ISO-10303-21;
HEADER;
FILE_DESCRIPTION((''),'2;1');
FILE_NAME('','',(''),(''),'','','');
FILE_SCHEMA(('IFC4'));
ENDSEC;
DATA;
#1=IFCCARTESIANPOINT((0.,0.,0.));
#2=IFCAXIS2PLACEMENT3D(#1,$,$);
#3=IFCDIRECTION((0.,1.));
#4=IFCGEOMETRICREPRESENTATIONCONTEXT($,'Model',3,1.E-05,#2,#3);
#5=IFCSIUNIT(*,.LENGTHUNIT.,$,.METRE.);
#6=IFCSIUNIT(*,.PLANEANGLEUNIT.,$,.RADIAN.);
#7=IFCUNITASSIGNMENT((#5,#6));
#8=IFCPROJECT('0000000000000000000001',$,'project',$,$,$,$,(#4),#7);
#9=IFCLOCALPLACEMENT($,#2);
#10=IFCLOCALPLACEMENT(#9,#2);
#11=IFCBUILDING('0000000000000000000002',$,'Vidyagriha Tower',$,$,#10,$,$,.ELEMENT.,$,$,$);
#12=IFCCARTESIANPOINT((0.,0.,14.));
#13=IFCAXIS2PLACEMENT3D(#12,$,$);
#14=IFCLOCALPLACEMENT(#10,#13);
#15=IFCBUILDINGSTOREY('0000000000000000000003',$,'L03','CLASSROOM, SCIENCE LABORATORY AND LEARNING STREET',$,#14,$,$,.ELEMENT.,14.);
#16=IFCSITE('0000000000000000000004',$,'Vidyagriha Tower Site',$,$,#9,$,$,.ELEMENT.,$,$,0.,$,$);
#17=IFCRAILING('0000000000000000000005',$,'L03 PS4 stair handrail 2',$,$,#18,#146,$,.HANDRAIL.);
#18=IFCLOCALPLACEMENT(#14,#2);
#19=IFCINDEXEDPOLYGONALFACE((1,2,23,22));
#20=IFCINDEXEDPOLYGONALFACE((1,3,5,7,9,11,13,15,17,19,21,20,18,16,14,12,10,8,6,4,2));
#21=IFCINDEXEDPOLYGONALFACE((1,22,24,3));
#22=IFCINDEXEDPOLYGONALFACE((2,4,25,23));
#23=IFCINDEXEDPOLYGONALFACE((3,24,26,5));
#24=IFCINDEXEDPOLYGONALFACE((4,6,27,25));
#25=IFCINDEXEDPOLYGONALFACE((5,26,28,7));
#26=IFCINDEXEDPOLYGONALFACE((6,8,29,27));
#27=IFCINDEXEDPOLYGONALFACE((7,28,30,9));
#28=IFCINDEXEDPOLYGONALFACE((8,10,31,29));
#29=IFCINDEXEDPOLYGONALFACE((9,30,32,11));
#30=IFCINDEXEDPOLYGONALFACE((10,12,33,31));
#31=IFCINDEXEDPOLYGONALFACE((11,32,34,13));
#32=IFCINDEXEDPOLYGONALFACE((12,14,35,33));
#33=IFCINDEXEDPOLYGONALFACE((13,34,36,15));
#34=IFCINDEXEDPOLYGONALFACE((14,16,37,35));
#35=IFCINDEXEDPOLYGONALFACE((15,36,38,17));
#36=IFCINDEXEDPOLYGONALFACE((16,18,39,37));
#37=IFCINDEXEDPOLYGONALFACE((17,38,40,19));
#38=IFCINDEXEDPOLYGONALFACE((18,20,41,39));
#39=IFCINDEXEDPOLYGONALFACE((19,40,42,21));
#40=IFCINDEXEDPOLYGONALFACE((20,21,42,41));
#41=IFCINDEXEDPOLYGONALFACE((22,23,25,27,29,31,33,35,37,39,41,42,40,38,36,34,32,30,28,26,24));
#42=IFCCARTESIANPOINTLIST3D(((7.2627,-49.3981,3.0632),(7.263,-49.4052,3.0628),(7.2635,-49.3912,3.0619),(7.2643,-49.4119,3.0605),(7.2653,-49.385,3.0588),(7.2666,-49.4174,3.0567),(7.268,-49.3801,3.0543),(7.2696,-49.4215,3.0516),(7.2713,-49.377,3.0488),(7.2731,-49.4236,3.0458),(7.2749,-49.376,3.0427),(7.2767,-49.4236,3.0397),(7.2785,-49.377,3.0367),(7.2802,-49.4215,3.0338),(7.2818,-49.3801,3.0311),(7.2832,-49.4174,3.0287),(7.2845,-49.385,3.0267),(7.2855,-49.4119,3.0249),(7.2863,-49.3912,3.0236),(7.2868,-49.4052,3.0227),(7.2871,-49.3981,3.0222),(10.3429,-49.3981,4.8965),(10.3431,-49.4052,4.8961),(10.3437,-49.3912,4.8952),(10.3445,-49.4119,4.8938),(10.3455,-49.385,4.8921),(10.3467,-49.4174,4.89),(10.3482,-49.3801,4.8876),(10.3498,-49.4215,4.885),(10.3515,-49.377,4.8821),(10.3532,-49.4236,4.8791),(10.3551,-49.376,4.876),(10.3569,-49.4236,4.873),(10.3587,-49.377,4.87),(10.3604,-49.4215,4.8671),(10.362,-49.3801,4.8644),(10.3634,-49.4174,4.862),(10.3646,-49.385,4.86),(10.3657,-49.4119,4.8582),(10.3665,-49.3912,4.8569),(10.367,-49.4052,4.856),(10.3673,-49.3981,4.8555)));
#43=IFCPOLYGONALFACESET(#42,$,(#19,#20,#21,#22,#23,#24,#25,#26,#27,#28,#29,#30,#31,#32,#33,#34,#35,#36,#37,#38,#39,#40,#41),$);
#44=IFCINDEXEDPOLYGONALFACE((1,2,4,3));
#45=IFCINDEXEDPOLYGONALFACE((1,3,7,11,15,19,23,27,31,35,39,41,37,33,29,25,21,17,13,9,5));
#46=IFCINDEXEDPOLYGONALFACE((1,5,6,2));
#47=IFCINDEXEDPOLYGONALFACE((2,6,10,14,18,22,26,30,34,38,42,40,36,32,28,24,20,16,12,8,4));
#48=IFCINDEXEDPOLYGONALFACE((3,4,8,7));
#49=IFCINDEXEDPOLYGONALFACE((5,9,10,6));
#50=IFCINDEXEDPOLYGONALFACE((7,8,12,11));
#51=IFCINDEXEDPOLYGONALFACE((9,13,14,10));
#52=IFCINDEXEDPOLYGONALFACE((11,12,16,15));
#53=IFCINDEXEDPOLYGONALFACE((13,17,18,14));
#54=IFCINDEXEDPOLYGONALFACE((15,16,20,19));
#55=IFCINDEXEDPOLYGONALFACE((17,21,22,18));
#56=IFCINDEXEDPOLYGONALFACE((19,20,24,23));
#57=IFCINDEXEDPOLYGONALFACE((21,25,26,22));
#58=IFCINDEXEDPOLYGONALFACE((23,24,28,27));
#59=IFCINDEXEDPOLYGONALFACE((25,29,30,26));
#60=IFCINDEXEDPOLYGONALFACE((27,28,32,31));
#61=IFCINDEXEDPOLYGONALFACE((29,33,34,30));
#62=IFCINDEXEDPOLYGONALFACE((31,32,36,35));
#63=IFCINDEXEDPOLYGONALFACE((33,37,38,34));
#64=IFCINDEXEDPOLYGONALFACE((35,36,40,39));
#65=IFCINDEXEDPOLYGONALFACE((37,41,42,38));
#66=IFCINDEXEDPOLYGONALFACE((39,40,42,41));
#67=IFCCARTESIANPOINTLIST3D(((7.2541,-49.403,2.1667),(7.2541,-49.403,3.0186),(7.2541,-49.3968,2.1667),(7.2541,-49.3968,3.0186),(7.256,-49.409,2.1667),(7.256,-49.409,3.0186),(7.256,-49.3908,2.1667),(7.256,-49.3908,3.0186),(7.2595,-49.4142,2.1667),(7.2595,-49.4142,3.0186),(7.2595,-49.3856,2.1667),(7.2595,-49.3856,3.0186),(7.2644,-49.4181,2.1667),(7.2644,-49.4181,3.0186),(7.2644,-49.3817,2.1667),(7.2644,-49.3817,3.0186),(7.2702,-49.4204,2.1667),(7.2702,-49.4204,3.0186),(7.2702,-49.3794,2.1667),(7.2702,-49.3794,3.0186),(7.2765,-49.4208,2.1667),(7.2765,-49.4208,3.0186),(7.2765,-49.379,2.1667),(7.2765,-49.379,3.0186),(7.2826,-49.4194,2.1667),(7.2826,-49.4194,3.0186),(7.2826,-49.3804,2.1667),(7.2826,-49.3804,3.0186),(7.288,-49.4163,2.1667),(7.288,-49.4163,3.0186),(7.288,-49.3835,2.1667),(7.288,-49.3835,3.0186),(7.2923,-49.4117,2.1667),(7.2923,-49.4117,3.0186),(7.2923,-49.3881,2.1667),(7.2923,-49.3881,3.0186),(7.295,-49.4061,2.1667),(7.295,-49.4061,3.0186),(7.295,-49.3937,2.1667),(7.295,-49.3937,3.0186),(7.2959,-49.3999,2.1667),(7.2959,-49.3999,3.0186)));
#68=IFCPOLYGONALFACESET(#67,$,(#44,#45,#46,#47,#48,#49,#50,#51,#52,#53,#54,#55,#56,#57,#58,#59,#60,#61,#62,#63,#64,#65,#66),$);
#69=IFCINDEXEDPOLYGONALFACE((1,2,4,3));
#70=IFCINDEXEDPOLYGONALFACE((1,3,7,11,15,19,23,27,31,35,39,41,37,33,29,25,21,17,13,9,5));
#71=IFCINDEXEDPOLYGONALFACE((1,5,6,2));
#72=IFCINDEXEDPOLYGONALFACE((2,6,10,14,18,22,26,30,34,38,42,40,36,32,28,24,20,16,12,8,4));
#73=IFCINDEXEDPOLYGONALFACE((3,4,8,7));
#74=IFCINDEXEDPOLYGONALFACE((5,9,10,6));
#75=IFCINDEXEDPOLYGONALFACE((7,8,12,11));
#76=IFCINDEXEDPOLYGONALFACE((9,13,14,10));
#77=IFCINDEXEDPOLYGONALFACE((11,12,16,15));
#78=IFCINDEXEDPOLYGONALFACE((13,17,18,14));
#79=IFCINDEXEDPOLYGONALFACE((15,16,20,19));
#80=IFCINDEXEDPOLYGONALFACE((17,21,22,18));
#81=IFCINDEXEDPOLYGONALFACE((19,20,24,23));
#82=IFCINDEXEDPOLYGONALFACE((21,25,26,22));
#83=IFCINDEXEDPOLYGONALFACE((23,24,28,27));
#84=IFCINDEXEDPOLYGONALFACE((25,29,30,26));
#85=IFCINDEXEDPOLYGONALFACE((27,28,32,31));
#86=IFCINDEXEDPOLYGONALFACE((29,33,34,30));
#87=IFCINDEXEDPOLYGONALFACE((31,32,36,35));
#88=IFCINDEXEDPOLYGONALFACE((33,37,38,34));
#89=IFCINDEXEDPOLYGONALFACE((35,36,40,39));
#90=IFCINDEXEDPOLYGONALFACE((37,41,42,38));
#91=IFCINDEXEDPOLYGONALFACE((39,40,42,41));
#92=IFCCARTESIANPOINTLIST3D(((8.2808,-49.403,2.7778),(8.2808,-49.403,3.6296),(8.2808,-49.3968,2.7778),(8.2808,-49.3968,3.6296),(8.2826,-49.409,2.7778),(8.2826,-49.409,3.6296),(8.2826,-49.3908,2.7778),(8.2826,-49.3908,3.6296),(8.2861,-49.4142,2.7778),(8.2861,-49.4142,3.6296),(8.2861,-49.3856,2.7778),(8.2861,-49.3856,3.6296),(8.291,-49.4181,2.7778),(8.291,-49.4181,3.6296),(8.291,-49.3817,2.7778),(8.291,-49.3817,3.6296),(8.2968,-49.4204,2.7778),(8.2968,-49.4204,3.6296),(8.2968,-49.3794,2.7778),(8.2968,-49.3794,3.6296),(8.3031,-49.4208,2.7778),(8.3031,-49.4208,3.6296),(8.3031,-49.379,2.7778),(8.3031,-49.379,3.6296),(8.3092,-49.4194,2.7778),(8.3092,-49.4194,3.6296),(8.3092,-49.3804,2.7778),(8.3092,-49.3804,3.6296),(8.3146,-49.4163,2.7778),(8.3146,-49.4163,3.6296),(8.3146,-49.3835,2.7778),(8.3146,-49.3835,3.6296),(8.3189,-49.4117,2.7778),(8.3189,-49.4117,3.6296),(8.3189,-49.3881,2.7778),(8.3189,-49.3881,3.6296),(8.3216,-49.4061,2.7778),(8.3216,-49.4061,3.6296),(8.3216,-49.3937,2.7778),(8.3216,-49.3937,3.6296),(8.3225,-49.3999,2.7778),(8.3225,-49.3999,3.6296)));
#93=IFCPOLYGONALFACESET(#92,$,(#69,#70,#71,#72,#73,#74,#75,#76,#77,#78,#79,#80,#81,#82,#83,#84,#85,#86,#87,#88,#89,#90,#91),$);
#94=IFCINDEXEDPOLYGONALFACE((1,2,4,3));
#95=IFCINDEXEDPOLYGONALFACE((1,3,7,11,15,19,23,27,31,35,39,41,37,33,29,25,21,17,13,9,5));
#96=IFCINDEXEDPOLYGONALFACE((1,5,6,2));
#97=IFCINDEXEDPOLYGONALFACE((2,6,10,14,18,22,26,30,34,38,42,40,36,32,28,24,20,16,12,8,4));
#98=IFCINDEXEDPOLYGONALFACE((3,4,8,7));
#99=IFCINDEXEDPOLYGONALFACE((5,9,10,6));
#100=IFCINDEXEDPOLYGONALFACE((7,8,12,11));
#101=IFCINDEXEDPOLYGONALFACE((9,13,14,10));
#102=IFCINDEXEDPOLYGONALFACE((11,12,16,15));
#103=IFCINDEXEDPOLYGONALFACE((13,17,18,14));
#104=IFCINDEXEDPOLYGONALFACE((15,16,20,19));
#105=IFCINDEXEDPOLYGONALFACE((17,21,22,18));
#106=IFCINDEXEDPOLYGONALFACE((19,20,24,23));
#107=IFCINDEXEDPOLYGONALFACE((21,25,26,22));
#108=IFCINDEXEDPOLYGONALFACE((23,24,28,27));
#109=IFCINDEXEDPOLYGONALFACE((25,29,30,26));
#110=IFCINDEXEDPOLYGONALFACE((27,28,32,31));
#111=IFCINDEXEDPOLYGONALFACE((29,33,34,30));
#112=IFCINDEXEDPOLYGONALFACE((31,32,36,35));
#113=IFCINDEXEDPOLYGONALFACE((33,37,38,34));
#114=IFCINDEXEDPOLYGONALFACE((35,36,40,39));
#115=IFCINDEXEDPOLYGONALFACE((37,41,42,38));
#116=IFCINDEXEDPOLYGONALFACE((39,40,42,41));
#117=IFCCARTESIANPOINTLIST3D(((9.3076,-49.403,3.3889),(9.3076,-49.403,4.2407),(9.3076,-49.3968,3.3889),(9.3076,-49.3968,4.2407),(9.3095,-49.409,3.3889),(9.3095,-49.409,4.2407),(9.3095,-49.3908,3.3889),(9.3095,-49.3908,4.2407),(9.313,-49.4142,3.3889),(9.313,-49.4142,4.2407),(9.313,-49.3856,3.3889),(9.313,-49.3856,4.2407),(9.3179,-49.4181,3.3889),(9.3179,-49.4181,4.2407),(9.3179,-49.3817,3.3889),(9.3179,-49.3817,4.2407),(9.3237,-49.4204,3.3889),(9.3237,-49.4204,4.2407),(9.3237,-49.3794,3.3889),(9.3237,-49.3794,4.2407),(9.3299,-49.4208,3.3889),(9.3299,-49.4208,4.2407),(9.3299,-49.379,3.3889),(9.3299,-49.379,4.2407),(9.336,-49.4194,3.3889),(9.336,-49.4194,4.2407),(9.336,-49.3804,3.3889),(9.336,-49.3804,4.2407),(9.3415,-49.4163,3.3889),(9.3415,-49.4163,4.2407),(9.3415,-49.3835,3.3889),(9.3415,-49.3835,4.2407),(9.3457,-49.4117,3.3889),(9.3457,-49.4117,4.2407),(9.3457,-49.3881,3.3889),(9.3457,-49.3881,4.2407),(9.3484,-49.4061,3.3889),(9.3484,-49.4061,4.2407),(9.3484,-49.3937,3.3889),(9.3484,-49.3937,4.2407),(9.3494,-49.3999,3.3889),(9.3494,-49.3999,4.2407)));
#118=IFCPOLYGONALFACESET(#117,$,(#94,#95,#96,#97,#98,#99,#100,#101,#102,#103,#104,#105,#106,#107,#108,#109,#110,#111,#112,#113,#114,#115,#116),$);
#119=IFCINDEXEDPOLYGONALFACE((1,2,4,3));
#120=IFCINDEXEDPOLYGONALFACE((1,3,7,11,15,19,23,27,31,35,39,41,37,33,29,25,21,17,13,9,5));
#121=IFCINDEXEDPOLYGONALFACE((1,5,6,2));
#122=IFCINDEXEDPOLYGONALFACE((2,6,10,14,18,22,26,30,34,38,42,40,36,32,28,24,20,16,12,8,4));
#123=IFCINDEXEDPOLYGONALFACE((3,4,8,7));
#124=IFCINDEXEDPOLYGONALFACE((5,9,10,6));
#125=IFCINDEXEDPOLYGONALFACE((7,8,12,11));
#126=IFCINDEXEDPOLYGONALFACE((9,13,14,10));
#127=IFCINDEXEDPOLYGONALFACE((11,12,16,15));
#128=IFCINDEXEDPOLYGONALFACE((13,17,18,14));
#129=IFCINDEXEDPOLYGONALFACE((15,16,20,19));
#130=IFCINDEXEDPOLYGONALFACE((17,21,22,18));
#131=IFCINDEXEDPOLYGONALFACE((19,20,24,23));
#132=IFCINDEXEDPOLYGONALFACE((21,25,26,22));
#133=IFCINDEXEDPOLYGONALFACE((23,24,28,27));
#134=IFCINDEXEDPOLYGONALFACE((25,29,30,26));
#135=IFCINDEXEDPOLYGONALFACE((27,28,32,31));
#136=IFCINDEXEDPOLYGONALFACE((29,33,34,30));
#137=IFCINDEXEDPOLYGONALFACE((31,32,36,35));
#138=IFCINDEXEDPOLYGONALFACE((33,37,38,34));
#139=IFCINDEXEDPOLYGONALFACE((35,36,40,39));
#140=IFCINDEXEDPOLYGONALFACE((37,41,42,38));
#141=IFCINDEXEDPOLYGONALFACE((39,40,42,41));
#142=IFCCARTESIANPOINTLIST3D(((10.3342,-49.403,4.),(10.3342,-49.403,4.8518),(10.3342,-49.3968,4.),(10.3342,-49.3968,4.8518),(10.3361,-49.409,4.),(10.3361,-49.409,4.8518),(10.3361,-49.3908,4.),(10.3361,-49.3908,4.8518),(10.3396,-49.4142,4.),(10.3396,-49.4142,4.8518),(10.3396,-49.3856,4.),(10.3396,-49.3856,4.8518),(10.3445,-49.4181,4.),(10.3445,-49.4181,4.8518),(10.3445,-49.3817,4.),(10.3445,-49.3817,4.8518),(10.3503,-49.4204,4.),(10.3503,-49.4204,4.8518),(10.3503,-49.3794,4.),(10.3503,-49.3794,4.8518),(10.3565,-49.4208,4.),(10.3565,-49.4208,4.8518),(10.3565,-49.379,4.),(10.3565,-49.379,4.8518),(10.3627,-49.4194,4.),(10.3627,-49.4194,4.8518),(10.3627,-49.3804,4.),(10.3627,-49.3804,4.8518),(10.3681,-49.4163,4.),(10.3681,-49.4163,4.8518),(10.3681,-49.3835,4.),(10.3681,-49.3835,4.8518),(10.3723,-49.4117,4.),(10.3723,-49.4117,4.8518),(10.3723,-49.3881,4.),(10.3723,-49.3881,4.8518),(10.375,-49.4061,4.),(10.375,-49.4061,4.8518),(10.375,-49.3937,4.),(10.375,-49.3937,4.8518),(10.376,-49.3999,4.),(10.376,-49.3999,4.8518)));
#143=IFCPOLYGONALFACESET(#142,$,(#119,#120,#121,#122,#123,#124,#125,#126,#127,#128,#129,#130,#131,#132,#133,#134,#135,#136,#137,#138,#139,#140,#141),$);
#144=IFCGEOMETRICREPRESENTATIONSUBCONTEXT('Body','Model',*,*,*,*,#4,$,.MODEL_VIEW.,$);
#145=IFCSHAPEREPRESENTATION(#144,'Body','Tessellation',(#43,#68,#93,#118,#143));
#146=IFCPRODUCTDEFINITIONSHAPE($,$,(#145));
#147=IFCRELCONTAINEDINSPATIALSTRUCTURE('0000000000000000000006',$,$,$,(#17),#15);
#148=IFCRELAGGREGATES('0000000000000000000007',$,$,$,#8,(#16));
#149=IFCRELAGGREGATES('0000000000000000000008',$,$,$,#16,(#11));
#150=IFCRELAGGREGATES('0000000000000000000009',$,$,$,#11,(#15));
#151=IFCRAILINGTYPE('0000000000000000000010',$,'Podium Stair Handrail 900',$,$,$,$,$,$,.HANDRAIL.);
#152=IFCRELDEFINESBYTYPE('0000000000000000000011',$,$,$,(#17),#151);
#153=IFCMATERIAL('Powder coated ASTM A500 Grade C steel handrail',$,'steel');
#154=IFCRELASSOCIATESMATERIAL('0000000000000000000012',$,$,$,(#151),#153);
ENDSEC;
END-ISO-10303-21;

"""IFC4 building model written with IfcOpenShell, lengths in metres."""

from ifc_helpers import new_model, si_unit, direction, frame, origin, origin_2d, place, context, subcontext, project, spatial, circle, extrude, material, type_object, element, save


model = new_model("IFC4")

# Units and contexts
model_context = context("Model", 3, precision=1e-05, world=origin(), true_north=direction((0.0, 1.0)))
body_context = subcontext(model_context, "Body", "Model", "MODEL_VIEW")
ifc_project = project(units=[si_unit("LENGTHUNIT", "METRE"), si_unit("PLANEANGLEUNIT", "RADIAN")], contexts=[model_context])

# Site, building, storey
site_placement = place(None, origin())
site = spatial("IfcSite", under=ifc_project, at=site_placement, Name="Vidyagriha Tower Site", CompositionType="ELEMENT", RefElevation=0.0)
building_placement = place(site_placement, origin())
building = spatial("IfcBuilding", under=site, at=building_placement, Name="Vidyagriha Tower", CompositionType="ELEMENT")
storey_placement = place(building_placement, frame((0.0, 0.0, 14.0)))
storey = spatial("IfcBuildingStorey", under=building, at=storey_placement, Name="L03", Description="CLASSROOM, SCIENCE LABORATORY AND LEARNING STREET", CompositionType="ELEMENT", Elevation=14.0)

# Railing
ifc_material_1 = material(Name="Powder coated ASTM A500 Grade C steel handrail", Category="steel")
railing_type_1 = type_object("IfcRailingType", Name="Podium Stair Handrail 900", PredefinedType="HANDRAIL", material=ifc_material_1)
railing_1_placement = place(storey_placement, frame((7.2749, -49.3999, 2.1667)))
element("IfcRailing", 1, at=railing_1_placement, inside=storey, type_object=railing_type_1, Name="L03 PS4 stair handrail 2", PredefinedType="HANDRAIL", context=body_context, shape_type="SweptSolid", body=[
    extrude(circle(Radius=0.0239, at=origin_2d()), frame((0.0, 0.0, 0.876), z_axis=(0.859309, 0.0, 0.511458), x_axis=(0.0, 1.0, 0.0)), (0.0, 0.0, 1.0), 3.5845),
    extrude(circle(Radius=0.021, at=origin_2d()), origin(), (0.0, 0.0, 1.0), 0.8518),
    extrude(circle(Radius=0.021, at=origin_2d()), frame((1.0266, 0.0, 0.6111)), (0.0, 0.0, 1.0), 0.8518),
    extrude(circle(Radius=0.021, at=origin_2d()), frame((2.0535, 0.0, 1.2222)), (0.0, 0.0, 1.0), 0.8518),
    extrude(circle(Radius=0.021, at=origin_2d()), frame((3.0801, 0.0, 1.8333)), (0.0, 0.0, 1.0), 0.8518),
])

save(model, "model.ifc")
